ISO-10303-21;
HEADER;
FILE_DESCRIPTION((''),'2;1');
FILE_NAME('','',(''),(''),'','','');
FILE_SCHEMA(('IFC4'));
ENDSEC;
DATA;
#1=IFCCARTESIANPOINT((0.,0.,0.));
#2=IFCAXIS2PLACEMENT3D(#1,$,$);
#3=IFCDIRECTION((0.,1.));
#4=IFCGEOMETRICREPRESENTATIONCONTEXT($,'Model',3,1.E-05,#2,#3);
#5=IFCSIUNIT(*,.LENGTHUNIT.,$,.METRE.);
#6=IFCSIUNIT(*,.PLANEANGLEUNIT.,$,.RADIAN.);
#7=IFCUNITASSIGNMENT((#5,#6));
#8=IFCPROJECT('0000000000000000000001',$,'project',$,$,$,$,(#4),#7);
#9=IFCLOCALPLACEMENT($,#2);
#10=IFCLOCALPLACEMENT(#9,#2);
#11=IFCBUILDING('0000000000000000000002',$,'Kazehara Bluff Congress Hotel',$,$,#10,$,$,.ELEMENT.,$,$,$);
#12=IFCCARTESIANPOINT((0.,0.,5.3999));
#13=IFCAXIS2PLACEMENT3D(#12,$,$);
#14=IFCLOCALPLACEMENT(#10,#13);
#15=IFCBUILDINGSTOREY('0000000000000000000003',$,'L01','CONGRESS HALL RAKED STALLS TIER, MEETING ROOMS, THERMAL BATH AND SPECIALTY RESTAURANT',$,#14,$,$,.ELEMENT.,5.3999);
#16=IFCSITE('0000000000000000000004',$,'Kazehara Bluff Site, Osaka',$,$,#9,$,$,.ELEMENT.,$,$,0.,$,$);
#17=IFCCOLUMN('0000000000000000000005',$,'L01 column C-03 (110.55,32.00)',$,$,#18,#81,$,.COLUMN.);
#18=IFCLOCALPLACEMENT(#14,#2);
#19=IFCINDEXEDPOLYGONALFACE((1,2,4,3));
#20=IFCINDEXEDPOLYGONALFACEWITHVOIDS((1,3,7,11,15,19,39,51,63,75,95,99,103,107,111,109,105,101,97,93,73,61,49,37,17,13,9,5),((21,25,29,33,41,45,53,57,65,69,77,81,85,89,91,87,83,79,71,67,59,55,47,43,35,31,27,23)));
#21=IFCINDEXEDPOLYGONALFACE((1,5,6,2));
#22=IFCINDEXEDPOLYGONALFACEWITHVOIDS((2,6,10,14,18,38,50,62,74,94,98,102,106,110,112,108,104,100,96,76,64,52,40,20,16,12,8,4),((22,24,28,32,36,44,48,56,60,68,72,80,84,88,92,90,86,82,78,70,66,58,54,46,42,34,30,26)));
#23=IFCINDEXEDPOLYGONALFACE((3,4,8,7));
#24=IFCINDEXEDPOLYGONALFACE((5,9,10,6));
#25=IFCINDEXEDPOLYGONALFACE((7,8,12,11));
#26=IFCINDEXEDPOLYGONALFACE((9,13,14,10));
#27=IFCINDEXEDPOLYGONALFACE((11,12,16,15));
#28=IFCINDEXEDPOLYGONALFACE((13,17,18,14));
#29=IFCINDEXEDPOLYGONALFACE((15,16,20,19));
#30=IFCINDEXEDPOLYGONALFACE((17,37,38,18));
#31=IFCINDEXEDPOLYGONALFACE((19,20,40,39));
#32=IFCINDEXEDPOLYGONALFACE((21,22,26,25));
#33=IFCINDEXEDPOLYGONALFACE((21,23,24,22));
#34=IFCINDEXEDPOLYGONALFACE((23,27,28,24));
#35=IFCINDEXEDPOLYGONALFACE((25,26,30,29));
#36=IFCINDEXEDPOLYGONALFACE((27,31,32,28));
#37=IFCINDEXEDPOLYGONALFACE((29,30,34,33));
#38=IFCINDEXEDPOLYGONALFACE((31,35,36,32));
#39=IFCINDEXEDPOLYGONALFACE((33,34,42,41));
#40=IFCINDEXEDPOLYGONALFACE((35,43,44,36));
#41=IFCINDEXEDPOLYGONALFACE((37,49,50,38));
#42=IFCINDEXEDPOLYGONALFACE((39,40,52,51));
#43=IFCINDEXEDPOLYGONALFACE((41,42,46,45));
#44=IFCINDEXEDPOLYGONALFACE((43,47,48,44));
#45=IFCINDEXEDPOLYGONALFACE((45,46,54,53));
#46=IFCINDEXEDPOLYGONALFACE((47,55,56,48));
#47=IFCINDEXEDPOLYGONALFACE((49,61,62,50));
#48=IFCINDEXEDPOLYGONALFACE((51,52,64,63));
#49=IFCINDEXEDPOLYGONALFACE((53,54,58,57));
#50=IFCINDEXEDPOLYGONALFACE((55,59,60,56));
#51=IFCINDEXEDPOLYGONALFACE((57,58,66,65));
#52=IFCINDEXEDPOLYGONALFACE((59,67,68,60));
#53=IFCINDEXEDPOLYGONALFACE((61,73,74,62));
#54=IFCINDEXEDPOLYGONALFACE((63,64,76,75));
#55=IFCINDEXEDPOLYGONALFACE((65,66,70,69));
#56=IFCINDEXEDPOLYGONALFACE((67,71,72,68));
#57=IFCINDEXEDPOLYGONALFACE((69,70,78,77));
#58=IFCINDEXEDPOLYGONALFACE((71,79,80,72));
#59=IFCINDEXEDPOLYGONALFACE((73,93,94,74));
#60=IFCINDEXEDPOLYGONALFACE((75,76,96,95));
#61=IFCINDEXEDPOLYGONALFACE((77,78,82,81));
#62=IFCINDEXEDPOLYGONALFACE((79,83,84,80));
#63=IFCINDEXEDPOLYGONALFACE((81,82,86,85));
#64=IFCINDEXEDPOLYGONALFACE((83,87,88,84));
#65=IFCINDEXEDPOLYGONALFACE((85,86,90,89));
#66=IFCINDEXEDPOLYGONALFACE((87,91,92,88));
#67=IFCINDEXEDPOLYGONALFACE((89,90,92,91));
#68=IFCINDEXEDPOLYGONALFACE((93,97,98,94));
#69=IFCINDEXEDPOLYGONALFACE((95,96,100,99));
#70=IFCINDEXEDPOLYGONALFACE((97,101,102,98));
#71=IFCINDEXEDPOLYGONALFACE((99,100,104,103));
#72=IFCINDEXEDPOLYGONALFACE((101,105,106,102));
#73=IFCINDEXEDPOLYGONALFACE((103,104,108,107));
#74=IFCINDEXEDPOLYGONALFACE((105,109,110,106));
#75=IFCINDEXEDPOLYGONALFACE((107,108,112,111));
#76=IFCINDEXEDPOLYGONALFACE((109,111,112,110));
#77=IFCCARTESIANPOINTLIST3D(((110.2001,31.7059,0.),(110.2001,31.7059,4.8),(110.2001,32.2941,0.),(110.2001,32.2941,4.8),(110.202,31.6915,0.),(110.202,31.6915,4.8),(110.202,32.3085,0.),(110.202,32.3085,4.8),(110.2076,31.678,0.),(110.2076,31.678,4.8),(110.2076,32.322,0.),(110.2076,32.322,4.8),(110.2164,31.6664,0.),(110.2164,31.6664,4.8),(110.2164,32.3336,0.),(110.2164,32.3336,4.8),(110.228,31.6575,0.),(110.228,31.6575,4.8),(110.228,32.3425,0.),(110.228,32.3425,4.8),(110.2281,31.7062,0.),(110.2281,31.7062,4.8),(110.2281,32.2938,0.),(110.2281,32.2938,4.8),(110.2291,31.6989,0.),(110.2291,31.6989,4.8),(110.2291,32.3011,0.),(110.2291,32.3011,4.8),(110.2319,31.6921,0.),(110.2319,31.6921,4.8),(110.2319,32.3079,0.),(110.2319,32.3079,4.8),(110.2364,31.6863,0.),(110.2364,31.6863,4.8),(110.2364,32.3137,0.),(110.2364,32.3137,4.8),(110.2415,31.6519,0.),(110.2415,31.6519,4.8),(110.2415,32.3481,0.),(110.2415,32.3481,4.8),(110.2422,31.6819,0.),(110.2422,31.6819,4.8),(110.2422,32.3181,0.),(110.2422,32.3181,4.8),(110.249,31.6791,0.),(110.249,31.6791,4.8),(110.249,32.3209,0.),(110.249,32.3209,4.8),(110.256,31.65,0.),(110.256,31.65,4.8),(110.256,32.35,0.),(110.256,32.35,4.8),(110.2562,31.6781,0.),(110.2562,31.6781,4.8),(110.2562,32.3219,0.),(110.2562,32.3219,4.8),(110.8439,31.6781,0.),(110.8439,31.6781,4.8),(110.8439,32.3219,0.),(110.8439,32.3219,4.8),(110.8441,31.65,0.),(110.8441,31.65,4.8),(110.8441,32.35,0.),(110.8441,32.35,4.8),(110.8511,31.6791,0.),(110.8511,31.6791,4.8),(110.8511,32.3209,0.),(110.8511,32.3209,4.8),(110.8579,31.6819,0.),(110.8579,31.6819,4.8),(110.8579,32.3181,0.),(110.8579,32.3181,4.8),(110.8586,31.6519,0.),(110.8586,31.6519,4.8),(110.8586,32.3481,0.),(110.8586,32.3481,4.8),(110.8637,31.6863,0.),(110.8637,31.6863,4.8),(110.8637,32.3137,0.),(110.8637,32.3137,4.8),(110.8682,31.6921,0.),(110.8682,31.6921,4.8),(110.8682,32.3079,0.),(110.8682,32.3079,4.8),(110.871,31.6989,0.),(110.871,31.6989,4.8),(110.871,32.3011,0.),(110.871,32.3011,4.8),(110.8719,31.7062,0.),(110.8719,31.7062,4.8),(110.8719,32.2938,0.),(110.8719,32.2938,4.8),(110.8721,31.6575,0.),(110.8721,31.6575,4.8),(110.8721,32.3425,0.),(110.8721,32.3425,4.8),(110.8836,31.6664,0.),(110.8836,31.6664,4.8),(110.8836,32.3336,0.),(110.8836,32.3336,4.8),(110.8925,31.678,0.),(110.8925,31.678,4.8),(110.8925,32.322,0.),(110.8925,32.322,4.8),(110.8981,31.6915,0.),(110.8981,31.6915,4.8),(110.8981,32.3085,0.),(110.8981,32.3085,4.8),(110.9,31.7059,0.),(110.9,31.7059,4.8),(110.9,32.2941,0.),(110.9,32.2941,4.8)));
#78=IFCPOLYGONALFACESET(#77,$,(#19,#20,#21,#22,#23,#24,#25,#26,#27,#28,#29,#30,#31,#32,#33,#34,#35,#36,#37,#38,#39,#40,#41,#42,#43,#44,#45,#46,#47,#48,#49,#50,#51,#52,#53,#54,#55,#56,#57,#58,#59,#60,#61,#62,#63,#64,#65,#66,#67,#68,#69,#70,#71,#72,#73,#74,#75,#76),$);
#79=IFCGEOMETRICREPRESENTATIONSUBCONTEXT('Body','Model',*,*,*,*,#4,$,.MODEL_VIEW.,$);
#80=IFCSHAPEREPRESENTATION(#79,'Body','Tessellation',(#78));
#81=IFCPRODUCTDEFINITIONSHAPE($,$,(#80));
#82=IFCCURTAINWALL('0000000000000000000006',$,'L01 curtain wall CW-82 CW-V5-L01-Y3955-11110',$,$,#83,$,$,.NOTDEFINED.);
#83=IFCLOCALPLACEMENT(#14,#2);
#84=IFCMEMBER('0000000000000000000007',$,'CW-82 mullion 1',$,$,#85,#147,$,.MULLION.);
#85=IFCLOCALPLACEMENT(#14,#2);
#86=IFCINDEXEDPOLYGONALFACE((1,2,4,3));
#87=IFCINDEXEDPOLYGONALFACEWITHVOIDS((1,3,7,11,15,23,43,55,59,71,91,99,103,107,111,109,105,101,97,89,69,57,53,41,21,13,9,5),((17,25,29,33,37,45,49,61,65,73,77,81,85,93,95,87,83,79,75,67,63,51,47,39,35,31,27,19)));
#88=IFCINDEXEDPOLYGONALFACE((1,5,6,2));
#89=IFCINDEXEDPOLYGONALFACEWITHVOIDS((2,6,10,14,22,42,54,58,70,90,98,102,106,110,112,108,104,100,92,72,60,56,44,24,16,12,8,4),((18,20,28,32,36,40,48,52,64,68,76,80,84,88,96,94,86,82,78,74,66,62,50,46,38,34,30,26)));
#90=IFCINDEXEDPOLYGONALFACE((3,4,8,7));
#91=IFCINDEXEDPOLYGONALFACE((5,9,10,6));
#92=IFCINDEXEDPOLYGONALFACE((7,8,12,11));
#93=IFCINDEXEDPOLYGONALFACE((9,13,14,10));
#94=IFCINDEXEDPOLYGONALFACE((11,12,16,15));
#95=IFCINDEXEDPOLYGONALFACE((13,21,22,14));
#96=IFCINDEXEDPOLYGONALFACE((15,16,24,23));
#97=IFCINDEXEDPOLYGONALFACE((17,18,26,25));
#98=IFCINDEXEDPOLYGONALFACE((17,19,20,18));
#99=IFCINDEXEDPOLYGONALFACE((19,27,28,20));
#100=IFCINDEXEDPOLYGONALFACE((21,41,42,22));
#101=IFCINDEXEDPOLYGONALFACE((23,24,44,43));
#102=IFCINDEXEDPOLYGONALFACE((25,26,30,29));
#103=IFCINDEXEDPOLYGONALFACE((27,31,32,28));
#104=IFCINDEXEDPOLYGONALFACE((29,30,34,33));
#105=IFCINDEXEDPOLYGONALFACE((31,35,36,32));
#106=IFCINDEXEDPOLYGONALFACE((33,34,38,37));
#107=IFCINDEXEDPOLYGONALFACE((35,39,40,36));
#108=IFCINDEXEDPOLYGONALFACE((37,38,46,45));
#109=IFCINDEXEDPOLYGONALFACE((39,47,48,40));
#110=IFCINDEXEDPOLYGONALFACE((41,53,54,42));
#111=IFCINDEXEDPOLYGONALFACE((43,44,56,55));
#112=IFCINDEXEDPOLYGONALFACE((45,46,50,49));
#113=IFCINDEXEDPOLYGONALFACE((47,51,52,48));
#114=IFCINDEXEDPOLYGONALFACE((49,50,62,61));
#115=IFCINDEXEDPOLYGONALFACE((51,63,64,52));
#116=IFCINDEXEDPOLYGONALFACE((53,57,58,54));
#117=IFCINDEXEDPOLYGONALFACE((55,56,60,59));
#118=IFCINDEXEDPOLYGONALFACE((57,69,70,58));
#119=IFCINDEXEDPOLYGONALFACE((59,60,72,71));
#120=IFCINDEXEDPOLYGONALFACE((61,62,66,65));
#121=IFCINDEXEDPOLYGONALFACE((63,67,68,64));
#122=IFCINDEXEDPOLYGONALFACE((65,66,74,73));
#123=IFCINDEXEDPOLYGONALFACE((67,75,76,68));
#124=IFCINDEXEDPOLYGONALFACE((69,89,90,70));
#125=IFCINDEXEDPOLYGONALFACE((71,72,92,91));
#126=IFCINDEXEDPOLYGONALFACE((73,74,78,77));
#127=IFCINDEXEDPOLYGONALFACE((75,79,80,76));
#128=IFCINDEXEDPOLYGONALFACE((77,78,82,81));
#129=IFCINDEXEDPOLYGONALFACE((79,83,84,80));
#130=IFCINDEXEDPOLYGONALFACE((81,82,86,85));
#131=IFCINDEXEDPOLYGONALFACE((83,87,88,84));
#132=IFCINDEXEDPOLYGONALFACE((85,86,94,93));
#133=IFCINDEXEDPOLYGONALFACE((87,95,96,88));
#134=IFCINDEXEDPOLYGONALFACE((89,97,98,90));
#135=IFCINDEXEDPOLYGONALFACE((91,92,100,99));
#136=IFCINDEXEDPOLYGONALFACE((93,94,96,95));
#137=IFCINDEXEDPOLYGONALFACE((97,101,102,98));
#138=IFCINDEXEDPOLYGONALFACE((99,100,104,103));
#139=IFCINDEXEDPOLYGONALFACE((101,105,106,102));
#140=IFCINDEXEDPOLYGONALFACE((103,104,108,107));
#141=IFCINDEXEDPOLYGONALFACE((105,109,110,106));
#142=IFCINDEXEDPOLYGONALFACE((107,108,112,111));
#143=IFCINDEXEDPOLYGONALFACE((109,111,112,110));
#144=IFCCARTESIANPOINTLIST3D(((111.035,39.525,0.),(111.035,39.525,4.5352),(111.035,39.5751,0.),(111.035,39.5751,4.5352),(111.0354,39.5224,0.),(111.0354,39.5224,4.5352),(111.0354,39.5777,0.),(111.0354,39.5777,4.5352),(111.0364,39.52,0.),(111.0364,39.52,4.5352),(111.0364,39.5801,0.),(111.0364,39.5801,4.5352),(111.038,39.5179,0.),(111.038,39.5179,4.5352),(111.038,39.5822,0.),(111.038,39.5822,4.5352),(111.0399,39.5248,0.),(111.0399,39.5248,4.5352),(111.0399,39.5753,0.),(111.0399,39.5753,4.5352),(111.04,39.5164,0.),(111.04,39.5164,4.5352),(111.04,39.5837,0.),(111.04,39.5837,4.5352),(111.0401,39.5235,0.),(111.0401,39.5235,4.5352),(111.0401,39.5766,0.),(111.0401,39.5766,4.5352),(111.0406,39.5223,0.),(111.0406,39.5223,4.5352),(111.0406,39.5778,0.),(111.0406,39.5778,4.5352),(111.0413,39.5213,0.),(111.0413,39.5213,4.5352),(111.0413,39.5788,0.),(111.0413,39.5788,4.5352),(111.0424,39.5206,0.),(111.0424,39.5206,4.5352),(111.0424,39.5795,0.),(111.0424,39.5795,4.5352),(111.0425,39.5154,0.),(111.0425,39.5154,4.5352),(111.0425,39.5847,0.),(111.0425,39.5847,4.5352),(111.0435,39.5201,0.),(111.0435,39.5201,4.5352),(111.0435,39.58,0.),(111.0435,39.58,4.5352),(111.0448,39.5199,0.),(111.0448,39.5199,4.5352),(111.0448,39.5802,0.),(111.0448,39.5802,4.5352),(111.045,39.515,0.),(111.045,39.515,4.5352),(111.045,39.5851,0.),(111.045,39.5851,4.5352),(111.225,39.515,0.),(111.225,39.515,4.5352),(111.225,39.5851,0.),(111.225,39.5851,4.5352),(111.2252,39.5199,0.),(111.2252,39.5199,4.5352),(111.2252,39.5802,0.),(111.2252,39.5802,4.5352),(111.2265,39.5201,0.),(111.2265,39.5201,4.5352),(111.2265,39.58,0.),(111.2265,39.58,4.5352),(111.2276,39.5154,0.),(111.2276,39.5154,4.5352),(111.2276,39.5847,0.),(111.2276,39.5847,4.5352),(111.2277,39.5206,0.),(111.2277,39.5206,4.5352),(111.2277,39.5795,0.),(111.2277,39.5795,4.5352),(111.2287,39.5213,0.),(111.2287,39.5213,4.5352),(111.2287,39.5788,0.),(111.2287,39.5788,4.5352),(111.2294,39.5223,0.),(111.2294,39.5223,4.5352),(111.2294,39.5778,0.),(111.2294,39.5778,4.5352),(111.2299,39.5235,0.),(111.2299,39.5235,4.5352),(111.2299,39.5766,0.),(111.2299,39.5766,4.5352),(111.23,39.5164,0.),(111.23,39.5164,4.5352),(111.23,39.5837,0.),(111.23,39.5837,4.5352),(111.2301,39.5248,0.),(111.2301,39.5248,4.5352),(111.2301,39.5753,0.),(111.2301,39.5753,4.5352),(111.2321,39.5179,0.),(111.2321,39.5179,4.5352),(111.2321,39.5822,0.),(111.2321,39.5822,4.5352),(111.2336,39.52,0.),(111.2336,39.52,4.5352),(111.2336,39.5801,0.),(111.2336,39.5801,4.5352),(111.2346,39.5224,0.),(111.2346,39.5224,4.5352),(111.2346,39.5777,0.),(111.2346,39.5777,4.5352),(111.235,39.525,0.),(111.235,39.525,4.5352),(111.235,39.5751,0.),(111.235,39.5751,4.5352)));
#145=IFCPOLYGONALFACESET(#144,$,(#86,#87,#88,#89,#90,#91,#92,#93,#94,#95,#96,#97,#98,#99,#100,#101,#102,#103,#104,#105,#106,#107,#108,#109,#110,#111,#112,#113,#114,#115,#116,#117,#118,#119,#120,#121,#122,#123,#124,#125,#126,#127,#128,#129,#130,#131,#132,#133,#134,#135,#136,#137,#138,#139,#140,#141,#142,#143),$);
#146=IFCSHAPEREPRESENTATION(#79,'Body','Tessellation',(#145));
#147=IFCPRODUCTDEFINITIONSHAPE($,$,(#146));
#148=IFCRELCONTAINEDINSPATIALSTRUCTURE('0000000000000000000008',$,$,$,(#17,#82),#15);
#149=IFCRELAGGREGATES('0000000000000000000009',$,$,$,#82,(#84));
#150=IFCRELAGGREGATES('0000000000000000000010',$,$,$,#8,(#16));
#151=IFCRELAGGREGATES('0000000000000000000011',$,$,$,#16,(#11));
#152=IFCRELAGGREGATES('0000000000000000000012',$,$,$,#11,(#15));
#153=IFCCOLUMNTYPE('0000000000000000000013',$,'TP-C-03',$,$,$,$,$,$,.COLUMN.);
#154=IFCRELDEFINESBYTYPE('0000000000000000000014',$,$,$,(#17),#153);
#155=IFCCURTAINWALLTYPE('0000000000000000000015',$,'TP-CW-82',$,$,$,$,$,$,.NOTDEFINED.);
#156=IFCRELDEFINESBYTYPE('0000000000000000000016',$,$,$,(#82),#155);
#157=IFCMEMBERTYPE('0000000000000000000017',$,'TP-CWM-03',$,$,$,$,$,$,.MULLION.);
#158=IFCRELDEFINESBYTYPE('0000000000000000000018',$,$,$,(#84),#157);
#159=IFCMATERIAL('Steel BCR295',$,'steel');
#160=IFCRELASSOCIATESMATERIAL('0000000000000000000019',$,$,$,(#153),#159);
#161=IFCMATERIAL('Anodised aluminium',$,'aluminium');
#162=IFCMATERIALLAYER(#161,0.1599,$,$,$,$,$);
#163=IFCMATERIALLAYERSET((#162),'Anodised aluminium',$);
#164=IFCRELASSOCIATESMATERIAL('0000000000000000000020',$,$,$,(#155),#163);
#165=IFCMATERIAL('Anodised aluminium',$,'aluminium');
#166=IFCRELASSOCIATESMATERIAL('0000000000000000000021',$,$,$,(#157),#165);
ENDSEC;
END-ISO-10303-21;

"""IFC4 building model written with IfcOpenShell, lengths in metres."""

from ifc_helpers import new_model, si_unit, direction, frame, origin, origin_2d, place, context, subcontext, project, spatial, hollow_rectangle, extrude, material, layer, layer_set, material_profile, profile_set, type_object, element, aggregate, save


model = new_model("IFC4")

# Units and contexts
model_context = context("Model", 3, precision=1e-05, world=origin(), true_north=direction((0.0, 1.0)))
body_context = subcontext(model_context, "Body", "Model", "MODEL_VIEW")
ifc_project = project(units=[si_unit("LENGTHUNIT", "METRE"), si_unit("PLANEANGLEUNIT", "RADIAN")], contexts=[model_context])

# Site, building, storey
site_placement = place(None, origin())
site = spatial("IfcSite", under=ifc_project, at=site_placement, Name="Kazehara Bluff Site, Osaka", CompositionType="ELEMENT", RefElevation=0.0)
building_placement = place(site_placement, origin())
building = spatial("IfcBuilding", under=site, at=building_placement, Name="Kazehara Bluff Congress Hotel", CompositionType="ELEMENT")
storey_placement = place(building_placement, frame((0.0, 0.0, 5.3999)))
storey = spatial("IfcBuildingStorey", under=building, at=storey_placement, Name="L01", Description="CONGRESS HALL RAKED STALLS TIER, MEETING ROOMS, THERMAL BATH AND SPECIALTY RESTAURANT", CompositionType="ELEMENT", Elevation=5.3999)

# Column
ifc_material_1 = material(Name="Steel BCR295", Category="steel")
ifc_material_profile_1 = material_profile(ifc_material_1, hollow_rectangle(XDim=0.7, YDim=0.7, WallThickness=0.0281, InnerFilletRadius=0.0281, OuterFilletRadius=0.0559, at=origin_2d()))
ifc_profile_set_1 = profile_set([ifc_material_profile_1], Name="Steel BCR295")
column_type = type_object("IfcColumnType", Name="TP-C-03", PredefinedType="COLUMN", material=ifc_profile_set_1)
column_placement = place(storey_placement, frame((110.55, 32.0, 0.0), z_axis=(0.0, 0.0, 1.0), x_axis=(1.0, 0.0, 0.0)))
element("IfcColumn", 1, at=column_placement, inside=storey, type_object=column_type, Name="L01 column C-03 (110.55,32.00)", PredefinedType="COLUMN", context=body_context, shape_type="SweptSolid", body=[
    extrude(hollow_rectangle(XDim=0.7, YDim=0.7, WallThickness=0.0281, InnerFilletRadius=0.0281, OuterFilletRadius=0.0559, at=origin_2d()), origin(), (0.0, 0.0, 1.0), 4.8),
])

# Curtain wall, member
ifc_material_2 = material(Name="Anodised aluminium", Category="aluminium")
ifc_layer_1 = layer(ifc_material_2, 0.1599)
ifc_layer_set_1 = layer_set([ifc_layer_1], Name="Anodised aluminium")
curtain_wall_type = type_object("IfcCurtainWallType", Name="TP-CW-82", PredefinedType="NOTDEFINED", material=ifc_layer_set_1)
curtain_wall_placement = place(storey_placement, origin())
curtain_wall = element("IfcCurtainWall", 2, at=curtain_wall_placement, inside=storey, type_object=curtain_wall_type, Name="L01 curtain wall CW-82 CW-V5-L01-Y3955-11110", PredefinedType="NOTDEFINED")
ifc_material_3 = material(Name="Anodised aluminium", Category="aluminium")
ifc_material_profile_2 = material_profile(ifc_material_3, hollow_rectangle(XDim=0.0701, YDim=0.2, WallThickness=0.0049, InnerFilletRadius=0.0049, OuterFilletRadius=0.01, at=origin_2d()))
ifc_profile_set_2 = profile_set([ifc_material_profile_2], Name="Anodised aluminium")
member_type_1 = type_object("IfcMemberType", Name="TP-CWM-03", PredefinedType="MULLION", material=ifc_profile_set_2)
member_1_placement = place(storey_placement, frame((111.135, 39.55, 0.0), z_axis=(0.0, 0.0, 1.0), x_axis=(0.0, 1.0, 0.0)))
member_1 = element("IfcMember", 3, at=member_1_placement, type_object=member_type_1, Name="CW-82 mullion 1", PredefinedType="MULLION", context=body_context, shape_type="SweptSolid", body=[
    extrude(hollow_rectangle(XDim=0.0701, YDim=0.2, WallThickness=0.0049, InnerFilletRadius=0.0049, OuterFilletRadius=0.01, at=origin_2d()), origin(), (0.0, 0.0, 1.0), 4.5352),
])

aggregate(curtain_wall, [member_1])

save(model, "model.ifc")
